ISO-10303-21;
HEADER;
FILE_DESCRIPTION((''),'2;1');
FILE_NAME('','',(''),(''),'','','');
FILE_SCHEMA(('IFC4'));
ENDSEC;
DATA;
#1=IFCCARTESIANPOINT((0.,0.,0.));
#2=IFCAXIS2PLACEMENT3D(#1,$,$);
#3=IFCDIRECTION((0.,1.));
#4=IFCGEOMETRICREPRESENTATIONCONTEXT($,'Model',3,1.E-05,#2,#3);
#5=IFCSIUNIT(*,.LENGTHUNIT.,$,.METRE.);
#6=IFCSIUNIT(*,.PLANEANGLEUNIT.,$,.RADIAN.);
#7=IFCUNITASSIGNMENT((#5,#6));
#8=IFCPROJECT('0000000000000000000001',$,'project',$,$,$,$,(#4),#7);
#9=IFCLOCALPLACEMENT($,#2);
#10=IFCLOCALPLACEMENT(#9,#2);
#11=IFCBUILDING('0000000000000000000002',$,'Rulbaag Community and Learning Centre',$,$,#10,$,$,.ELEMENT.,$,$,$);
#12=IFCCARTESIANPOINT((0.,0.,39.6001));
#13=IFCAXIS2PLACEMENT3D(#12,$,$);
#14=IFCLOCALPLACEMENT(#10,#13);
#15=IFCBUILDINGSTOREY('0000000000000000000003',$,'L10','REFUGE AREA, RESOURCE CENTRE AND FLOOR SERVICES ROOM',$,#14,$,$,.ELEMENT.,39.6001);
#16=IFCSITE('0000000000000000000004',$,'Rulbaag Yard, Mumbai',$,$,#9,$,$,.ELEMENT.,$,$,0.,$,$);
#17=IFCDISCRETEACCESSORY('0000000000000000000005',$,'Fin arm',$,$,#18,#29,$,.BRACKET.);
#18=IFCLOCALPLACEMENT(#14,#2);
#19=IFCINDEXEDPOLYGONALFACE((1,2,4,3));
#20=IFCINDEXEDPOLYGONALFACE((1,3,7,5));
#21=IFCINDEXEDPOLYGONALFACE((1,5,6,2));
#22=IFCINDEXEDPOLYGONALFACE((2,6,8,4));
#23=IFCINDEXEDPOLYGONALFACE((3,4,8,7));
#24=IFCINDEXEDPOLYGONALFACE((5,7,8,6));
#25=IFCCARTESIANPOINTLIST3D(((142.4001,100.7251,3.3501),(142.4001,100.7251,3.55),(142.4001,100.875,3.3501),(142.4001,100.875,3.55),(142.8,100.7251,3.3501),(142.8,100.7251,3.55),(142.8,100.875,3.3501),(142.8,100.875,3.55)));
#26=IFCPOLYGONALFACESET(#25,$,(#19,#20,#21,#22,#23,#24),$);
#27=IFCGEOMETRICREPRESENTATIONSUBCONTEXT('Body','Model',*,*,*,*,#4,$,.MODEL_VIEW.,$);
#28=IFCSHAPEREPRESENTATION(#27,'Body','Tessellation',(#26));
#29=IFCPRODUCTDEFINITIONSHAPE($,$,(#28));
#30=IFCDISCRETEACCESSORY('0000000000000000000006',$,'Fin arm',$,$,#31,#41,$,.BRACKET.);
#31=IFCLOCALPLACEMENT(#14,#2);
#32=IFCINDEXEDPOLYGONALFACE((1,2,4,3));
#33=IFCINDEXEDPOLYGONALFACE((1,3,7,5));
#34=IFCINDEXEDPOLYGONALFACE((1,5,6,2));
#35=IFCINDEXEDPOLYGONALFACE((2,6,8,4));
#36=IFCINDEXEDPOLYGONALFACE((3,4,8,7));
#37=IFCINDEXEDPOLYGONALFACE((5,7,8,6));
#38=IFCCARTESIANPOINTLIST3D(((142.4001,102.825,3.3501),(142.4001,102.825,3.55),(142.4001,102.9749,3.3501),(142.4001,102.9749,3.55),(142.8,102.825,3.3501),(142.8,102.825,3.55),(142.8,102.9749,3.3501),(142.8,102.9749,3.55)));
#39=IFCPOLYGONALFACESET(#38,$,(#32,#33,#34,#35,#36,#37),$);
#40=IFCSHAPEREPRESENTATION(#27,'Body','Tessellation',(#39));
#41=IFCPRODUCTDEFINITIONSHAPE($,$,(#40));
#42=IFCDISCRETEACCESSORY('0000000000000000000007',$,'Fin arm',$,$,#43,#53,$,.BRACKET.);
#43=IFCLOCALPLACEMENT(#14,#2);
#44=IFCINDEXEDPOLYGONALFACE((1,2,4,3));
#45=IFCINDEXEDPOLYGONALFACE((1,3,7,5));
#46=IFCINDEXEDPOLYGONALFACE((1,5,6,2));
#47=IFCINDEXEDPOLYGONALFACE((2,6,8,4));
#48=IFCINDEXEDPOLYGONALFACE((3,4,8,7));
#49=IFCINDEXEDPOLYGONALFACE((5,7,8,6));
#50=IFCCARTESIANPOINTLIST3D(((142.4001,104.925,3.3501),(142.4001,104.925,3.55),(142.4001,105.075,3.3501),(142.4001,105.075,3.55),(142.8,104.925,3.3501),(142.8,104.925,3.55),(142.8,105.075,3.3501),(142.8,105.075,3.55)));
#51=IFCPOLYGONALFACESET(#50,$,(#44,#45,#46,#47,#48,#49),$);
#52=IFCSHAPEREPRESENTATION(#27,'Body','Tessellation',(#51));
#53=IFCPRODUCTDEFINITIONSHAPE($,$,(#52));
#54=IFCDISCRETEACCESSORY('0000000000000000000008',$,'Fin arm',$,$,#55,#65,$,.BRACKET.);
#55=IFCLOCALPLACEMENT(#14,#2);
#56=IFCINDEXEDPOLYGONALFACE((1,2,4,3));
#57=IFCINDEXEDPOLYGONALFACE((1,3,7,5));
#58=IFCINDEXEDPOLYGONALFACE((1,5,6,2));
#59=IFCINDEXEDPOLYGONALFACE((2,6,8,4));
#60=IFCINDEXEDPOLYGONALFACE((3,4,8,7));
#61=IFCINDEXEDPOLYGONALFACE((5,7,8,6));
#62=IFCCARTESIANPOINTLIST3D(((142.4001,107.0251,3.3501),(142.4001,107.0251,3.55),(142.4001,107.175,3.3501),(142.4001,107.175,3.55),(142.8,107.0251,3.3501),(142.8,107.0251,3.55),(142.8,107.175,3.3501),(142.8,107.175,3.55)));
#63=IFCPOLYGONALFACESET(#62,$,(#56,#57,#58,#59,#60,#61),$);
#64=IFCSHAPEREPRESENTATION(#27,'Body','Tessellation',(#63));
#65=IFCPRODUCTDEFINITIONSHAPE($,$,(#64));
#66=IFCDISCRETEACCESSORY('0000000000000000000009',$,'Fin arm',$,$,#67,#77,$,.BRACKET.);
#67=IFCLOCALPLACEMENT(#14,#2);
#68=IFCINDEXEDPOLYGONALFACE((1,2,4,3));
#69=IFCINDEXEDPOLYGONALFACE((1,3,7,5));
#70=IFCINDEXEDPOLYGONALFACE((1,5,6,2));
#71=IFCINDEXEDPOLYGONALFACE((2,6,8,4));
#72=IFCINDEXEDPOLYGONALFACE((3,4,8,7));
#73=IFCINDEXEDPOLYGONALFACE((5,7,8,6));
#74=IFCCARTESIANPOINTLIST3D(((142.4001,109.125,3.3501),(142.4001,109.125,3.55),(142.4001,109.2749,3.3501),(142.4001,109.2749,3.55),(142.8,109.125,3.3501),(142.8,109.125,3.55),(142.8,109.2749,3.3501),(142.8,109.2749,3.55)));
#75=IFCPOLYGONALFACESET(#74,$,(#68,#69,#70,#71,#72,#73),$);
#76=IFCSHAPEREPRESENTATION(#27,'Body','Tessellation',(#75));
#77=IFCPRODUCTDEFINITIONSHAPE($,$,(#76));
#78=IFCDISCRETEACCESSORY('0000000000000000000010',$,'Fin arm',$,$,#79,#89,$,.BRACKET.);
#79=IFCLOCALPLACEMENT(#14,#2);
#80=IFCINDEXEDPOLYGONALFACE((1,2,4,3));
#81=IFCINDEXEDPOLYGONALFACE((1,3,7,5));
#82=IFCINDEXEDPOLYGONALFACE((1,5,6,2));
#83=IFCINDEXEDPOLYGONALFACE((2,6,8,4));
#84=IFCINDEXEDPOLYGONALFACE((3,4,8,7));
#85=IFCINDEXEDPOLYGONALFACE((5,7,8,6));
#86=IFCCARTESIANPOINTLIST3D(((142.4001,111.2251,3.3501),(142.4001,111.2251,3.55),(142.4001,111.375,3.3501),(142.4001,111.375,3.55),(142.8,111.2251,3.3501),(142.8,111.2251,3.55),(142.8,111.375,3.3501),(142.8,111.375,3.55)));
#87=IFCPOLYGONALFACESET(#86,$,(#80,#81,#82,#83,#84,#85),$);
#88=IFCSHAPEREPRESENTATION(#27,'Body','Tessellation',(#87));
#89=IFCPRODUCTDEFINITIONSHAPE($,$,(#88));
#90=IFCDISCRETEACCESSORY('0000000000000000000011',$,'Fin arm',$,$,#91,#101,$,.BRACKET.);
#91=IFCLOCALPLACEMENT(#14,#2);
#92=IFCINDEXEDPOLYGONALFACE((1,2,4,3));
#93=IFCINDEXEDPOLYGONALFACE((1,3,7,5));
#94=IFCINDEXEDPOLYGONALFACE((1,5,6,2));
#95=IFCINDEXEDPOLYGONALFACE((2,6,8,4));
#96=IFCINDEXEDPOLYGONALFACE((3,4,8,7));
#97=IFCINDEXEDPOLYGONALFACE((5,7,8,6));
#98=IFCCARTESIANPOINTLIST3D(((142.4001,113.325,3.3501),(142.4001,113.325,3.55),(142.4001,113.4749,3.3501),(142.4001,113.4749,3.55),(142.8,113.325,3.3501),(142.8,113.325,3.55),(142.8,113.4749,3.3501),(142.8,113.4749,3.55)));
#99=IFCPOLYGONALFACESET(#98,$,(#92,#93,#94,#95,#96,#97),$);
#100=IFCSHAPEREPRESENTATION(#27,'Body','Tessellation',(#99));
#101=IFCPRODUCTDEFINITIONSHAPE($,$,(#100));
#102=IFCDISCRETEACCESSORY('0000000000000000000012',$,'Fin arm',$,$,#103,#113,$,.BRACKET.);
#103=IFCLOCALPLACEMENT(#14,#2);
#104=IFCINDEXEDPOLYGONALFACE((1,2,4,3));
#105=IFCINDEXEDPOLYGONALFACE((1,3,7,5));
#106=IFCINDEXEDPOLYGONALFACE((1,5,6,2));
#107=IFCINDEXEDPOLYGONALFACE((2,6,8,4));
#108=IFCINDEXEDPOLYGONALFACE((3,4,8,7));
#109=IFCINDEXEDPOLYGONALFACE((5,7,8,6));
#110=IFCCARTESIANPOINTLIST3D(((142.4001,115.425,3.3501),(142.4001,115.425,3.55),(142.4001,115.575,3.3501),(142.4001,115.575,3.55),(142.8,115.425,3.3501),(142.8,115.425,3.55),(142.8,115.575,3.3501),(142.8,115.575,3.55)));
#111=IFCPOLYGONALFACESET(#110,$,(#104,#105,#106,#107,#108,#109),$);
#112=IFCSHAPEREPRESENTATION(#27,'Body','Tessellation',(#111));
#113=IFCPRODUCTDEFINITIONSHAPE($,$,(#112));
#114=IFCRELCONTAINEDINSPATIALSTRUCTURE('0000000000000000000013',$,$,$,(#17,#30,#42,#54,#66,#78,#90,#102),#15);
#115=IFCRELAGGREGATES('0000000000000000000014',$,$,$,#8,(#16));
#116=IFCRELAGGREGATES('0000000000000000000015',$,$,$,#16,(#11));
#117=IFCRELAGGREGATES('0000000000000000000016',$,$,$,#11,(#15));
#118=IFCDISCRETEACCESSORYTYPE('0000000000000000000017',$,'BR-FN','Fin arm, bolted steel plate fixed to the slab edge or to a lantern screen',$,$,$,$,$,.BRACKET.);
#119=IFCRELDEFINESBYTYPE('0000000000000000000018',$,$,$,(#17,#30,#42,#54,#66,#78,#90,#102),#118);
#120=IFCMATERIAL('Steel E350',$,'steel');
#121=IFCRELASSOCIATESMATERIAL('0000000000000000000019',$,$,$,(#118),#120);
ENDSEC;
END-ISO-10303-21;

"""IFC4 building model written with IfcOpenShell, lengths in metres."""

from ifc_helpers import new_model, si_unit, direction, frame, origin, origin_2d, place, context, subcontext, project, spatial, rectangle, extrude, material, type_object, element, save


model = new_model("IFC4")

# Units and contexts
model_context = context("Model", 3, precision=1e-05, world=origin(), true_north=direction((0.0, 1.0)))
body_context = subcontext(model_context, "Body", "Model", "MODEL_VIEW")
ifc_project = project(units=[si_unit("LENGTHUNIT", "METRE"), si_unit("PLANEANGLEUNIT", "RADIAN")], contexts=[model_context])

# Site, building, storey
site_placement = place(None, origin())
site = spatial("IfcSite", under=ifc_project, at=site_placement, Name="Rulbaag Yard, Mumbai", CompositionType="ELEMENT", RefElevation=0.0)
building_placement = place(site_placement, origin())
building = spatial("IfcBuilding", under=site, at=building_placement, Name="Rulbaag Community and Learning Centre", CompositionType="ELEMENT")
storey_placement = place(building_placement, frame((0.0, 0.0, 39.6001)))
storey = spatial("IfcBuildingStorey", under=building, at=storey_placement, Name="L10", Description="REFUGE AREA, RESOURCE CENTRE AND FLOOR SERVICES ROOM", CompositionType="ELEMENT", Elevation=39.6001)

# Discrete accessories
ifc_material_1 = material(Name="Steel E350", Category="steel")
discrete_accessory_type = type_object("IfcDiscreteAccessoryType", Name="BR-FN", Description="Fin arm, bolted steel plate fixed to the slab edge or to a lantern screen", PredefinedType="BRACKET", material=ifc_material_1)
for number, where, z_axis, x_axis, name in (
    (1, (142.6001, 100.8, 3.3501), (0.0, 0.0, 1.0), (1.0, 0.0, 0.0), "Fin arm"),
    (2, (142.6001, 102.8999, 3.3501), (0.0, 0.0, 1.0), (1.0, 0.0, 0.0), "Fin arm"),
    (3, (142.6001, 105.0, 3.3501), (0.0, 0.0, 1.0), (1.0, 0.0, 0.0), "Fin arm"),
    (4, (142.6001, 107.1001, 3.3501), (0.0, 0.0, 1.0), (1.0, 0.0, 0.0), "Fin arm"),
    (5, (142.6001, 109.2, 3.3501), (0.0, 0.0, 1.0), (1.0, 0.0, 0.0), "Fin arm"),
    (6, (142.6001, 111.3, 3.3501), (0.0, 0.0, 1.0), (1.0, 0.0, 0.0), "Fin arm"),
    (7, (142.6001, 113.3999, 3.3501), (0.0, 0.0, 1.0), (1.0, 0.0, 0.0), "Fin arm"),
    (8, (142.6001, 115.5, 3.3501), (0.0, 0.0, 1.0), (1.0, 0.0, 0.0), "Fin arm"),
):
    element("IfcDiscreteAccessory", number, at=place(storey_placement, frame(where, z_axis=z_axis, x_axis=x_axis)), inside=storey, type_object=discrete_accessory_type, Name=name, PredefinedType="BRACKET", context=body_context, shape_type="SweptSolid", body=[
        extrude(rectangle(XDim=0.3999, YDim=0.1499, at=origin_2d()), origin(), (0.0, 0.0, 1.0), 0.2),
    ])

save(model, "model.ifc")
